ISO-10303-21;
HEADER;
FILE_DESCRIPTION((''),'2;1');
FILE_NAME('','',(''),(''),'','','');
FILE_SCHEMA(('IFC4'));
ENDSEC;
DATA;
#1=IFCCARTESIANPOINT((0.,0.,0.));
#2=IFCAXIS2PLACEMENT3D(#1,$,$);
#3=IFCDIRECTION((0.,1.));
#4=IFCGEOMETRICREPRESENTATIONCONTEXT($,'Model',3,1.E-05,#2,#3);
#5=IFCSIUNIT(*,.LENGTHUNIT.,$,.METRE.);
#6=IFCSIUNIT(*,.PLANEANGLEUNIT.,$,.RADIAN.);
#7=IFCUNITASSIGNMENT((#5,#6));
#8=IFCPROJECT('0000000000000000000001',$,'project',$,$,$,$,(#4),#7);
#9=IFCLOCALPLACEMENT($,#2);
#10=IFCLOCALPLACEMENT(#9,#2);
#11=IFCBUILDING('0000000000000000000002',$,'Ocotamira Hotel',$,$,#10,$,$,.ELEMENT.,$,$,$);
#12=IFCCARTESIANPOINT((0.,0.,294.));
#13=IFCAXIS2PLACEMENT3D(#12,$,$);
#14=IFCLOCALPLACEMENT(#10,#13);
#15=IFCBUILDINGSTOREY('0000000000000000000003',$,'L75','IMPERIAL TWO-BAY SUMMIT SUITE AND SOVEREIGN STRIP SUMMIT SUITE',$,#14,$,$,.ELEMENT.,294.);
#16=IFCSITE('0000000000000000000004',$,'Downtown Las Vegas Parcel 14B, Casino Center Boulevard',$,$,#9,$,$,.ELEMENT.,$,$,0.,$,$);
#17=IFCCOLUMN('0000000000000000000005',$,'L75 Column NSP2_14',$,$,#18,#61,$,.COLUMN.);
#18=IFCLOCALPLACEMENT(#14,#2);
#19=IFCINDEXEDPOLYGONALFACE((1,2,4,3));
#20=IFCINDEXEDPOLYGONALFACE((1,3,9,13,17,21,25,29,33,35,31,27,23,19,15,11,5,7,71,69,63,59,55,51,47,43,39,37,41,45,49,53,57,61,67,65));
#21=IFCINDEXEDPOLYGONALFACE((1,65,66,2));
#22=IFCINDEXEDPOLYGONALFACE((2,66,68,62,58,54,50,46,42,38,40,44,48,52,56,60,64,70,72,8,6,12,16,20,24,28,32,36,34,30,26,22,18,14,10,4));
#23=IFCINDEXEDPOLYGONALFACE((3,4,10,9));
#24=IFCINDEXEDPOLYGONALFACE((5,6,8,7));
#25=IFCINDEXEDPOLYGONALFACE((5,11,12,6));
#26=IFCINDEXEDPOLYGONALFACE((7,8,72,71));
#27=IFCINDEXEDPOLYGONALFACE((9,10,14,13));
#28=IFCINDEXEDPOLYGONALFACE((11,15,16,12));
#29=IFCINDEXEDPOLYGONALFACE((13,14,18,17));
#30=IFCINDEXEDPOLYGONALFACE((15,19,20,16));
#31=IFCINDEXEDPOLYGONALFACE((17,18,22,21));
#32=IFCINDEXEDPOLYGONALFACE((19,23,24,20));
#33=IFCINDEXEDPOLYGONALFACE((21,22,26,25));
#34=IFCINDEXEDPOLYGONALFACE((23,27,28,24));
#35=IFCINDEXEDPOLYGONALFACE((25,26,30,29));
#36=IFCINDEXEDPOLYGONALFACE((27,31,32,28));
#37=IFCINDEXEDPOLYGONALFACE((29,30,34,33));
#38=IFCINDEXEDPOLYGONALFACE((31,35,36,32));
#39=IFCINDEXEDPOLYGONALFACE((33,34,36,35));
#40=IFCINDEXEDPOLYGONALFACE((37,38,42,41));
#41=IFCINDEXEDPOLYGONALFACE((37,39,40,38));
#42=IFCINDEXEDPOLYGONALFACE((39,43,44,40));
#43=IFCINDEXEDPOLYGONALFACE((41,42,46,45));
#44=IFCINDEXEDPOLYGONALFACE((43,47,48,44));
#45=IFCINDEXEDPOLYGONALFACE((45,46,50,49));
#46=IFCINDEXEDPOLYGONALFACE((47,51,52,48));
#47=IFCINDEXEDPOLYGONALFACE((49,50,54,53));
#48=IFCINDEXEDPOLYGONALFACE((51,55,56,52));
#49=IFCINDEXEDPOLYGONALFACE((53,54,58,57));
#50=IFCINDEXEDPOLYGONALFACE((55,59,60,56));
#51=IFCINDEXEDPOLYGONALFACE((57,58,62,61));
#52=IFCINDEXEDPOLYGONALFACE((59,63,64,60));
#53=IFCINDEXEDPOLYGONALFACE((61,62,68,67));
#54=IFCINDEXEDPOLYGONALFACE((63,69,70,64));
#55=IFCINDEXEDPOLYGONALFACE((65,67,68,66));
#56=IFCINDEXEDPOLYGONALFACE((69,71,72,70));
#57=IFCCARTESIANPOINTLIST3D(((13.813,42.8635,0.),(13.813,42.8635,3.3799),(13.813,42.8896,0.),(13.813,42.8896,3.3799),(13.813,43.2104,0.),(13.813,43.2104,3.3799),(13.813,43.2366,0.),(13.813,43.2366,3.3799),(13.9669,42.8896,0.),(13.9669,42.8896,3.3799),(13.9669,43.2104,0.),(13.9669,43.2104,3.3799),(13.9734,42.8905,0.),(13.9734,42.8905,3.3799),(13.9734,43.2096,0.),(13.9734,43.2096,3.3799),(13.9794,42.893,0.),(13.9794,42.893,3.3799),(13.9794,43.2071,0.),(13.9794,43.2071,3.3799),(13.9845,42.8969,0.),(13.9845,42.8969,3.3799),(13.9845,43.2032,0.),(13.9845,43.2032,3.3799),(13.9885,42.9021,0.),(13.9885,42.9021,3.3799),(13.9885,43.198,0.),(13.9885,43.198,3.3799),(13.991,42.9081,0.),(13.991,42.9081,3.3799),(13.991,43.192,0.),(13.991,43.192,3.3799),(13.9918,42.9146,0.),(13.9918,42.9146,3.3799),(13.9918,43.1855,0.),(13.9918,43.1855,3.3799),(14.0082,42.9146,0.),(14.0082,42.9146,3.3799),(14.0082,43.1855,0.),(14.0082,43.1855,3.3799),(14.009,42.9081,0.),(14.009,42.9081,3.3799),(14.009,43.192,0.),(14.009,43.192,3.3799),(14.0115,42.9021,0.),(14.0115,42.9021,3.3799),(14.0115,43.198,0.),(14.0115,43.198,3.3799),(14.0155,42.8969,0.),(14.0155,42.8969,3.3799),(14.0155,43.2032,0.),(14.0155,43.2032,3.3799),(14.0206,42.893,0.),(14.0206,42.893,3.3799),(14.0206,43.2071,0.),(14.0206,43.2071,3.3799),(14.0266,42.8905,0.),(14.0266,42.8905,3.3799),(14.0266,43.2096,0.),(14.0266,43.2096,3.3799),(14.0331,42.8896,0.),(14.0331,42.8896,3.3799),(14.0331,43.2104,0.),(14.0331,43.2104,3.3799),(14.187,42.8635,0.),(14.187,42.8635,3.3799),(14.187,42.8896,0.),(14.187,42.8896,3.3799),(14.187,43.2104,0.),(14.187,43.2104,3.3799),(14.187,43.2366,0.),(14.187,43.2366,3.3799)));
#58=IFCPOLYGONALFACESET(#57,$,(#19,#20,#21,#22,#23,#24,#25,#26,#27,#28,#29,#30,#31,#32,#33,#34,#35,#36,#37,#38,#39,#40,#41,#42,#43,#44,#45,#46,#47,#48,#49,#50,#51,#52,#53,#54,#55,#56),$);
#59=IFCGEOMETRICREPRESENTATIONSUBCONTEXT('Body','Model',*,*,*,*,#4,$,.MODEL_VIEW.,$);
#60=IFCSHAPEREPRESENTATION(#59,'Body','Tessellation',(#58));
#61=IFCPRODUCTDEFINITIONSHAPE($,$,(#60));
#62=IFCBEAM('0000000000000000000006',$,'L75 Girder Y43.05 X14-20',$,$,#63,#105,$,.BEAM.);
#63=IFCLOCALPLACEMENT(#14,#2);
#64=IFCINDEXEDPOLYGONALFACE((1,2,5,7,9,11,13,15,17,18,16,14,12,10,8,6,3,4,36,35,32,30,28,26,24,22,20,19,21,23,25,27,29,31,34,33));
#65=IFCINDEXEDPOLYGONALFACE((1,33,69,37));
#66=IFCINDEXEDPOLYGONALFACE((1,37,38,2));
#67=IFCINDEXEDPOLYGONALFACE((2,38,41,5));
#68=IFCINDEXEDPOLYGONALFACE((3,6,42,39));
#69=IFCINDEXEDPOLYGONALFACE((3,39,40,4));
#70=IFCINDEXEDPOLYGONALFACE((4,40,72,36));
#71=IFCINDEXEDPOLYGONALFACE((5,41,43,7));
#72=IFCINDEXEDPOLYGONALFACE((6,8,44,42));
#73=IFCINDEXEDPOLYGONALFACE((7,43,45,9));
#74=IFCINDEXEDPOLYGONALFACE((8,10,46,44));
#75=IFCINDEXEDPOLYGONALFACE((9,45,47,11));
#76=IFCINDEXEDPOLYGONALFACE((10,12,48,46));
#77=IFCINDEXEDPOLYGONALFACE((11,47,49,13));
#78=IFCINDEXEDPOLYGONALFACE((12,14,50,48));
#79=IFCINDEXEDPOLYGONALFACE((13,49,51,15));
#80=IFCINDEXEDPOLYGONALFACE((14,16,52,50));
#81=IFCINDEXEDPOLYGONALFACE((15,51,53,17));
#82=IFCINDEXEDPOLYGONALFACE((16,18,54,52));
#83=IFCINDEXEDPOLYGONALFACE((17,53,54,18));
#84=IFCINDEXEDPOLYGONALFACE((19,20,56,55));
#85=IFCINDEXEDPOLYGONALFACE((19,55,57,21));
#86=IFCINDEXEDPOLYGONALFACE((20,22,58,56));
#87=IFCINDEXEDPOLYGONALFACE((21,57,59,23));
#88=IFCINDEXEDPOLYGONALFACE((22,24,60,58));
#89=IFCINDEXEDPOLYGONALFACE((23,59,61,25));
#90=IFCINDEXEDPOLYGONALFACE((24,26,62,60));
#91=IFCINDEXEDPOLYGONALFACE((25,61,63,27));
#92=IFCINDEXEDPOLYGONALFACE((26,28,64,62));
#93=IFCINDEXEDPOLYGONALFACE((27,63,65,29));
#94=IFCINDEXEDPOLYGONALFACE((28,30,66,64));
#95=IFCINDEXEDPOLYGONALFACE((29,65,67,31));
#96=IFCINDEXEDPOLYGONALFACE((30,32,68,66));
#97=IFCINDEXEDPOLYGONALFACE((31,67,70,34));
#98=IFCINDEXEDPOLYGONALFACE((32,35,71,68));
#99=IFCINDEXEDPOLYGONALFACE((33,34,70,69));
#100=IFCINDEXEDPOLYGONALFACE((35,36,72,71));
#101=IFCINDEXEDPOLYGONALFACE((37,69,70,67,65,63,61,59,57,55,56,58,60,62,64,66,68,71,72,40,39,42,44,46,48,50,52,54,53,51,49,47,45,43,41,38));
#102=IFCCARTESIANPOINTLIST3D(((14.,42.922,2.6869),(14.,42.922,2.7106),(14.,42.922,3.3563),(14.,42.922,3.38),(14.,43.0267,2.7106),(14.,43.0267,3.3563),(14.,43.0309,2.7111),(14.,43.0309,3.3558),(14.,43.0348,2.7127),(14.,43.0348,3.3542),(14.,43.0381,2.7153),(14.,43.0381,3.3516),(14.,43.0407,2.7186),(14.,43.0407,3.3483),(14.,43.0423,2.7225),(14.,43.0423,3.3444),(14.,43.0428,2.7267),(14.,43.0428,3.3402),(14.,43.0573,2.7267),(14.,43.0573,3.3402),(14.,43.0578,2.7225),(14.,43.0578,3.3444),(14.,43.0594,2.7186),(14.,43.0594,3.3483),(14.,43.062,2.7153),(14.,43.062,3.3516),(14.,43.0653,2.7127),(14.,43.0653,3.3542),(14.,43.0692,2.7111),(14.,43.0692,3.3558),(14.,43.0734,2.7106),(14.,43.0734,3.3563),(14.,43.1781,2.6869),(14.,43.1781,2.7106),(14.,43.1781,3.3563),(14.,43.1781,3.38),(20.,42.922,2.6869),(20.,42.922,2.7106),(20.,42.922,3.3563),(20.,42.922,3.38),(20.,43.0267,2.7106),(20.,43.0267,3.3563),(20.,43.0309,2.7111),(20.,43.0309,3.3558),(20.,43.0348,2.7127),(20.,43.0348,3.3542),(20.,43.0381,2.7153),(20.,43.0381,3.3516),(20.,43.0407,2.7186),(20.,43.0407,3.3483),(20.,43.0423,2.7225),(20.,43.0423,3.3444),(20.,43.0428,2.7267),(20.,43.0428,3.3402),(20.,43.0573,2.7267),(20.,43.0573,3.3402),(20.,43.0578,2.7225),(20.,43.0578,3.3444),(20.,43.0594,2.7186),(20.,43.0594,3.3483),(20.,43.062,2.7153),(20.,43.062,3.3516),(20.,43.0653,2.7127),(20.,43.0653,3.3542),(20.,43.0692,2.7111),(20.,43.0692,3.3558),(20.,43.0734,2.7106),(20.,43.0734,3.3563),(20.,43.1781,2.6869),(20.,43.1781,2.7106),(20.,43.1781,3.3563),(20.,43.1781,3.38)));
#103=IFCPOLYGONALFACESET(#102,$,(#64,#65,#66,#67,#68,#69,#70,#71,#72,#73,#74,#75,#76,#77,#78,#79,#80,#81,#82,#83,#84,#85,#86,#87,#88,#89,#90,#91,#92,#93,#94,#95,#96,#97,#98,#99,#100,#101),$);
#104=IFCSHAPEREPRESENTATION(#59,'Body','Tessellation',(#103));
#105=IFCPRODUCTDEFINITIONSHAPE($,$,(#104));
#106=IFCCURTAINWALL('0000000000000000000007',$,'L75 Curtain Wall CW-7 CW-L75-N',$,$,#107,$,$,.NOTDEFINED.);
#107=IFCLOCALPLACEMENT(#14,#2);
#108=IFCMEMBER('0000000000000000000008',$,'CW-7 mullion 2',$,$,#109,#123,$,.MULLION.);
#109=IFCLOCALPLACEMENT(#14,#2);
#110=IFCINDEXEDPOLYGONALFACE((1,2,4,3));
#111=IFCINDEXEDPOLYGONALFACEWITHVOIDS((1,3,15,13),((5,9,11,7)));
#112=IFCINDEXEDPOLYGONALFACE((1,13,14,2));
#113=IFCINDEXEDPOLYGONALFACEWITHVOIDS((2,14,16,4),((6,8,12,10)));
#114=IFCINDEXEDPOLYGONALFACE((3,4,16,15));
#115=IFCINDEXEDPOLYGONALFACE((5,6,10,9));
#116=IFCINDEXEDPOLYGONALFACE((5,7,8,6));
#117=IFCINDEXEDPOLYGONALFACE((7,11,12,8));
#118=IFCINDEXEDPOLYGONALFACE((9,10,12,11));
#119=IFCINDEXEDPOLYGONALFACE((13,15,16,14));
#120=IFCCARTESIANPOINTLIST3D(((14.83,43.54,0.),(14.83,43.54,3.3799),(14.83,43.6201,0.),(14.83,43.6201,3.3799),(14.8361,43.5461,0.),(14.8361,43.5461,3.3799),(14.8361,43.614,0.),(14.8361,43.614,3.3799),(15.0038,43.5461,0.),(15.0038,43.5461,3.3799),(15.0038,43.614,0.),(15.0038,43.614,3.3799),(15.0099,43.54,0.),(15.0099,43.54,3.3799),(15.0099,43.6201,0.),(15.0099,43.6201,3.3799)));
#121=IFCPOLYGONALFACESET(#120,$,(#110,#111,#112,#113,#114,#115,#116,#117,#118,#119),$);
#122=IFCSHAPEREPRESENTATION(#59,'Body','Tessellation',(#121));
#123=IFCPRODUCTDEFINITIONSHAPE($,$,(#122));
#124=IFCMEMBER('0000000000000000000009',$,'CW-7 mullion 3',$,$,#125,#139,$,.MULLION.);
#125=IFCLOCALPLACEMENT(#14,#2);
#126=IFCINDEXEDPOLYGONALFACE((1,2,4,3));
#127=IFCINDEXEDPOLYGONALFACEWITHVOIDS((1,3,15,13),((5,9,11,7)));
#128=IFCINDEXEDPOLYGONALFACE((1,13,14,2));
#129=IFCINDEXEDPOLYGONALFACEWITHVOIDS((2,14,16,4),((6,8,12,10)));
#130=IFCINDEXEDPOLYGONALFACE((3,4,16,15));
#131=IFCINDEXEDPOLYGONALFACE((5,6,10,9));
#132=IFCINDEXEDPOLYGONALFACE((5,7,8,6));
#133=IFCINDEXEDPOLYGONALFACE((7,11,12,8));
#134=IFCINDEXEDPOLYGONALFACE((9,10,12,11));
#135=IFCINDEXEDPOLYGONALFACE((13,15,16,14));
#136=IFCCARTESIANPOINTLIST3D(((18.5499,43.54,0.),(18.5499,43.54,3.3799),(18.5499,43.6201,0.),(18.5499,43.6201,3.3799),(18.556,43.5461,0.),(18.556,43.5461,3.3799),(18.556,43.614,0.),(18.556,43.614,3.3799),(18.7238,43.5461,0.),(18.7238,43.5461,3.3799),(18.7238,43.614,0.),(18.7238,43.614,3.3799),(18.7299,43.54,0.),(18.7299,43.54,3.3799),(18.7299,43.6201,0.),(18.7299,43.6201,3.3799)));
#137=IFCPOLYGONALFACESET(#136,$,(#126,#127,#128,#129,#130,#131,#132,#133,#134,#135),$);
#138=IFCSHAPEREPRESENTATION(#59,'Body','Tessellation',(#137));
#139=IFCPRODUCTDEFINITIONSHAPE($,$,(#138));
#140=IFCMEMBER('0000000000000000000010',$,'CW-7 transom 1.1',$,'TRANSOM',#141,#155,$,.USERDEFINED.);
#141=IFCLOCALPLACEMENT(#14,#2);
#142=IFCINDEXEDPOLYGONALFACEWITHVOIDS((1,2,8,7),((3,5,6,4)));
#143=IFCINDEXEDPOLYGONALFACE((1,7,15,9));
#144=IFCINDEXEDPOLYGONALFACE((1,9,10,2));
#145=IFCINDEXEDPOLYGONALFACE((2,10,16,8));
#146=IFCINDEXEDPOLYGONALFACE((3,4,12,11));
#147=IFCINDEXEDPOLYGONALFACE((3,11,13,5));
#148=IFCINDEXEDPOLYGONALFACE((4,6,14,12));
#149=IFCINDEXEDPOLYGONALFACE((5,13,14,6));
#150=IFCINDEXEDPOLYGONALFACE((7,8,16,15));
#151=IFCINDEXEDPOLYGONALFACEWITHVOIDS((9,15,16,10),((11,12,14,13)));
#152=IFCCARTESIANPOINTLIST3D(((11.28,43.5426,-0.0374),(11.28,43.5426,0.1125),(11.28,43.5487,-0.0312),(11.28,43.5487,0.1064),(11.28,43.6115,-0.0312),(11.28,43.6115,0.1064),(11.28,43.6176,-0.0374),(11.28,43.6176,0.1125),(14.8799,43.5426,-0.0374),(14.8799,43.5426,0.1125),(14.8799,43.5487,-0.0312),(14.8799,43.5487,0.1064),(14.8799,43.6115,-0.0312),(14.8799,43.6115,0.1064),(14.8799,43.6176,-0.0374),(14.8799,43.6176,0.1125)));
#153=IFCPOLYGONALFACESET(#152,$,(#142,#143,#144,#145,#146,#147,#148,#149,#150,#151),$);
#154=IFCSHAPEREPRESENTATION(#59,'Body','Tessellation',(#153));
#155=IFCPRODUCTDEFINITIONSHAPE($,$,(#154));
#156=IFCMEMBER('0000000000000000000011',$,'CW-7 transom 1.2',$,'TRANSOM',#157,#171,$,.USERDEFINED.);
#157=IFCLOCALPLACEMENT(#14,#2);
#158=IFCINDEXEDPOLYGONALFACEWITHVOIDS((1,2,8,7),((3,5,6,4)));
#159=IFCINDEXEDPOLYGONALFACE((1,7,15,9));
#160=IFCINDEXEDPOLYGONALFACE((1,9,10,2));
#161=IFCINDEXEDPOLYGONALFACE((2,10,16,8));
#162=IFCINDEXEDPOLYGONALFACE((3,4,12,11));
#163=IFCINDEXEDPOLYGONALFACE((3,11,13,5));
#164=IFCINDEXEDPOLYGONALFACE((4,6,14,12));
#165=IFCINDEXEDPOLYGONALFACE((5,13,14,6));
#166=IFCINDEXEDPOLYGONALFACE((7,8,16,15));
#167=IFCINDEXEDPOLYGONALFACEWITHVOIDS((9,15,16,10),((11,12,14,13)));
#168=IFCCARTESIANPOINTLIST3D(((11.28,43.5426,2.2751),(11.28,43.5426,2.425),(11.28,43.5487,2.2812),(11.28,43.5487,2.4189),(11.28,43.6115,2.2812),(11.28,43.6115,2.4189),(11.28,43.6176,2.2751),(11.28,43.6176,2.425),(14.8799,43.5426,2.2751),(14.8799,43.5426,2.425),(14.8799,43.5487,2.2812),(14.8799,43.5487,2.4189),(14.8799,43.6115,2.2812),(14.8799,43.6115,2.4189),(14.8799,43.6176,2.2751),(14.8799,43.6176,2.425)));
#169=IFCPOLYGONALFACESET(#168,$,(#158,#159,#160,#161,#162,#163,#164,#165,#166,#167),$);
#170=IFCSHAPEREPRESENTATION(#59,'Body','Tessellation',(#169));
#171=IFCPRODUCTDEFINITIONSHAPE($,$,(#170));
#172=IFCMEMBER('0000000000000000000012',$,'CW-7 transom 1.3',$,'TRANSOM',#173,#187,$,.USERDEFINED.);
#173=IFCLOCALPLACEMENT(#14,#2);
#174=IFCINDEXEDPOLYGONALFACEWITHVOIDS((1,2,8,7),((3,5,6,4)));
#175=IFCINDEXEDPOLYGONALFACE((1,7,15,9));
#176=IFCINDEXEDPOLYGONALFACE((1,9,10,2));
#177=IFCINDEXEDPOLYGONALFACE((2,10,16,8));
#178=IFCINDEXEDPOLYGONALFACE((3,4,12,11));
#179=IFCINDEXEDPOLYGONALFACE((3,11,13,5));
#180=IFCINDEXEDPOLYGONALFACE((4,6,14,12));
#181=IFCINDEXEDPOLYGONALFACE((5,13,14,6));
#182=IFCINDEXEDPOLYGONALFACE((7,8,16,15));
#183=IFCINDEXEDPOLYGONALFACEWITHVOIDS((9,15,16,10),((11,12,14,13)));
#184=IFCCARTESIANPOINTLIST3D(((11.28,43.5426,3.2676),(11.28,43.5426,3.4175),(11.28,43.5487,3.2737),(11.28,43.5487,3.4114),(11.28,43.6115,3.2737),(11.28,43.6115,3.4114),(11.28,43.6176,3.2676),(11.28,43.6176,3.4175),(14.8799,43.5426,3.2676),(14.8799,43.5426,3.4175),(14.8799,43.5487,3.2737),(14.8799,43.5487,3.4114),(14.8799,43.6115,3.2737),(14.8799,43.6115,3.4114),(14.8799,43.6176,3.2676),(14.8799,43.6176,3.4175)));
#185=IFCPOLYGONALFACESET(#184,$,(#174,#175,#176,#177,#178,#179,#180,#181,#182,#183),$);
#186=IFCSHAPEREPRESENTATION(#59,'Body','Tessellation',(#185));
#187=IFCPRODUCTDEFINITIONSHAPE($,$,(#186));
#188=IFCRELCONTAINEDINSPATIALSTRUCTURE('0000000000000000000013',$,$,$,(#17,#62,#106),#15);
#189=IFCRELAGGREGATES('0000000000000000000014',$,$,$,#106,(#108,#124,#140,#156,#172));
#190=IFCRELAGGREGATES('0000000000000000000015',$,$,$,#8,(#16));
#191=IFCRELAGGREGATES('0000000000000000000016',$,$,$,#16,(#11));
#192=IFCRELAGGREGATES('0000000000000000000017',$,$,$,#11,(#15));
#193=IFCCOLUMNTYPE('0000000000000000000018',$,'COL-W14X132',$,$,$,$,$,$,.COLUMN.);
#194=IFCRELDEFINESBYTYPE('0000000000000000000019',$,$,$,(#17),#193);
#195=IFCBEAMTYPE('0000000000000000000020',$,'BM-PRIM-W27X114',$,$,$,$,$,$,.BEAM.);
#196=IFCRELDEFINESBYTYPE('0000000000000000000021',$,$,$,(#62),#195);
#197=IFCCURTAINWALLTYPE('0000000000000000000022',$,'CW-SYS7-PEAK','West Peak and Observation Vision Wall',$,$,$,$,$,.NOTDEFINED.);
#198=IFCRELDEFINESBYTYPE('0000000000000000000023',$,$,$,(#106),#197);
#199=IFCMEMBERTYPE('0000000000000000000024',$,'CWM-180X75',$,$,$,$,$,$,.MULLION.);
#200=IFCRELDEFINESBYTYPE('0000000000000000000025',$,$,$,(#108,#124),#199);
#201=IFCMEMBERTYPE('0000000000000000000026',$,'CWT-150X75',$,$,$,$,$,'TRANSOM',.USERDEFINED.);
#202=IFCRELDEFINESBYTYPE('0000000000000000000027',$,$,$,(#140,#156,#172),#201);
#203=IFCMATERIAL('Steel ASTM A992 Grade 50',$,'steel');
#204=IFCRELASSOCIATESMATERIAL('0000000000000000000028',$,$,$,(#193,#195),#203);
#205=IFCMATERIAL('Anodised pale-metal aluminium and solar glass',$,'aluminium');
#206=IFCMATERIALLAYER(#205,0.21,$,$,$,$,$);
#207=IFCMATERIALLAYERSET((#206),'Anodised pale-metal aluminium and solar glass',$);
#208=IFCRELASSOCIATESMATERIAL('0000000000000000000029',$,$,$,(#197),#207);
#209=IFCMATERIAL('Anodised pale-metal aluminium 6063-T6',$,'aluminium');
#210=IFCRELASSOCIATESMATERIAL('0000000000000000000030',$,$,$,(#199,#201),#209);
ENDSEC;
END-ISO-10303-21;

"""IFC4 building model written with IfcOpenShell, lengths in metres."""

from ifc_helpers import new_model, si_unit, direction, frame, origin, origin_2d, place, context, subcontext, project, spatial, hollow_rectangle, i_section, extrude, source, transform, mapped, material, layer, layer_set, material_profile, profile_set, type_object, element, aggregate, save


model = new_model("IFC4")

# Units and contexts
model_context = context("Model", 3, precision=1e-05, world=origin(), true_north=direction((0.0, 1.0)))
body_context = subcontext(model_context, "Body", "Model", "MODEL_VIEW")
ifc_project = project(units=[si_unit("LENGTHUNIT", "METRE"), si_unit("PLANEANGLEUNIT", "RADIAN")], contexts=[model_context])

# Site, building, storey
site_placement = place(None, origin())
site = spatial("IfcSite", under=ifc_project, at=site_placement, Name="Downtown Las Vegas Parcel 14B, Casino Center Boulevard", CompositionType="ELEMENT", RefElevation=0.0)
building_placement = place(site_placement, origin())
building = spatial("IfcBuilding", under=site, at=building_placement, Name="Ocotamira Hotel", CompositionType="ELEMENT")
storey_placement = place(building_placement, frame((0.0, 0.0, 294.0)))
storey = spatial("IfcBuildingStorey", under=building, at=storey_placement, Name="L75", Description="IMPERIAL TWO-BAY SUMMIT SUITE AND SOVEREIGN STRIP SUMMIT SUITE", CompositionType="ELEMENT", Elevation=294.0)

# Column
ifc_material_1 = material(Name="Steel ASTM A992 Grade 50", Category="steel")
ifc_material_profile_1 = material_profile(ifc_material_1, i_section(OverallWidth=0.374, OverallDepth=0.373, WebThickness=0.0164, FlangeThickness=0.0261, FilletRadius=0.0249, at=origin_2d()), Name="W14X132")
ifc_profile_set_1 = profile_set([ifc_material_profile_1], Name="Steel ASTM A992 Grade 50")
column_type = type_object("IfcColumnType", Name="COL-W14X132", PredefinedType="COLUMN", material=ifc_profile_set_1)
shared_shape_1 = source(origin(), body_context, "Body", "SweptSolid", [
    extrude(i_section(OverallWidth=0.374, OverallDepth=0.373, WebThickness=0.0164, FlangeThickness=0.0261, FilletRadius=0.0249, at=origin_2d()), origin(), (0.0, 0.0, 1.0), 3.3799),
])
column_placement = place(storey_placement, frame((14.0, 43.05, 0.0), z_axis=(0.0, 0.0, 1.0), x_axis=(1.0, 0.0, 0.0)))
element("IfcColumn", 1, at=column_placement, inside=storey, type_object=column_type, Name="L75 Column NSP2_14", PredefinedType="COLUMN", context=body_context, shape_type="MappedRepresentation", body=[
    mapped(shared_shape_1, transform((0.0, 0.0, 0.0), scale=1.0)),
])

# Beam
ifc_material_profile_2 = material_profile(ifc_material_1, i_section(OverallWidth=0.2561, OverallDepth=0.6931, WebThickness=0.0144, FlangeThickness=0.0237, FilletRadius=0.0161, at=origin_2d()), Name="W27X114")
ifc_profile_set_2 = profile_set([ifc_material_profile_2], Name="Steel ASTM A992 Grade 50")
beam_type = type_object("IfcBeamType", Name="BM-PRIM-W27X114", PredefinedType="BEAM", material=ifc_profile_set_2)
shared_shape_2 = source(origin(), body_context, "Body", "SweptSolid", [
    extrude(i_section(OverallWidth=0.2561, OverallDepth=0.6931, WebThickness=0.0144, FlangeThickness=0.0237, FilletRadius=0.0161, at=origin_2d()), origin(), (0.0, 0.0, 1.0), 6.0),
])
beam_placement = place(storey_placement, frame((14.0, 43.05, 3.0334), z_axis=(1.0, 0.0, 0.0), x_axis=(0.0, 1.0, 0.0)))
element("IfcBeam", 2, at=beam_placement, inside=storey, type_object=beam_type, Name="L75 Girder Y43.05 X14-20", PredefinedType="BEAM", context=body_context, shape_type="MappedRepresentation", body=[
    mapped(shared_shape_2, transform((0.0, 0.0, 0.0), scale=1.0)),
])

# Curtain wall, members
ifc_material_2 = material(Name="Anodised pale-metal aluminium and solar glass", Category="aluminium")
ifc_layer_1 = layer(ifc_material_2, 0.21)
ifc_layer_set_1 = layer_set([ifc_layer_1], Name="Anodised pale-metal aluminium and solar glass")
curtain_wall_type = type_object("IfcCurtainWallType", Name="CW-SYS7-PEAK", Description="West Peak and Observation Vision Wall", PredefinedType="NOTDEFINED", material=ifc_layer_set_1)
curtain_wall_placement = place(storey_placement, origin())
curtain_wall = element("IfcCurtainWall", 3, at=curtain_wall_placement, inside=storey, type_object=curtain_wall_type, Name="L75 Curtain Wall CW-7 CW-L75-N", PredefinedType="NOTDEFINED")
ifc_material_3 = material(Name="Anodised pale-metal aluminium 6063-T6", Category="aluminium")
ifc_material_profile_3 = material_profile(ifc_material_3, hollow_rectangle(XDim=0.0801, YDim=0.1799, WallThickness=0.0061, at=origin_2d()), Name="HSS180X80X6")
ifc_profile_set_3 = profile_set([ifc_material_profile_3], Name="Anodised pale-metal aluminium 6063-T6")
member_type_1 = type_object("IfcMemberType", Name="CWM-180X75", PredefinedType="MULLION", material=ifc_profile_set_3)
shared_shape_3 = source(origin(), body_context, "Body", "SweptSolid", [
    extrude(hollow_rectangle(XDim=0.0801, YDim=0.1799, WallThickness=0.0061, at=origin_2d()), origin(), (0.0, 0.0, 1.0), 3.3799),
])
member_1_placement = place(storey_placement, frame((14.9199, 43.5801, 0.0), z_axis=(0.0, 0.0, 1.0), x_axis=(0.0, 1.0, 0.0)))
member_1 = element("IfcMember", 4, at=member_1_placement, type_object=member_type_1, Name="CW-7 mullion 2", PredefinedType="MULLION", context=body_context, shape_type="MappedRepresentation", body=[
    mapped(shared_shape_3, transform((0.0, 0.0, 0.0), scale=1.0)),
])
member_2_placement = place(storey_placement, frame((18.6399, 43.5801, 0.0), z_axis=(0.0, 0.0, 1.0), x_axis=(0.0, 1.0, 0.0)))
member_2 = element("IfcMember", 5, at=member_2_placement, type_object=member_type_1, Name="CW-7 mullion 3", PredefinedType="MULLION", context=body_context, shape_type="MappedRepresentation", body=[
    mapped(shared_shape_3, transform((0.0, 0.0, 0.0), scale=1.0)),
])
ifc_material_profile_4 = material_profile(ifc_material_3, hollow_rectangle(XDim=0.075, YDim=0.1499, WallThickness=0.0061, at=origin_2d()), Name="HSS150X75X6")
ifc_profile_set_4 = profile_set([ifc_material_profile_4], Name="Anodised pale-metal aluminium 6063-T6")
member_type_2 = type_object("IfcMemberType", Name="CWT-150X75", ElementType="TRANSOM", PredefinedType="USERDEFINED", material=ifc_profile_set_4)
shared_shape_4 = source(origin(), body_context, "Body", "SweptSolid", [
    extrude(hollow_rectangle(XDim=0.075, YDim=0.1499, WallThickness=0.0061, at=origin_2d()), origin(), (0.0, 0.0, 1.0), 3.5999),
])
member_3_placement = place(storey_placement, frame((11.28, 43.5801, 0.0376), z_axis=(1.0, 0.0, 0.0), x_axis=(0.0, 1.0, 0.0)))
member_3 = element("IfcMember", 6, at=member_3_placement, type_object=member_type_2, Name="CW-7 transom 1.1", ObjectType="TRANSOM", PredefinedType="USERDEFINED", context=body_context, shape_type="MappedRepresentation", body=[
    mapped(shared_shape_4, transform((0.0, 0.0, 0.0), scale=1.0)),
])
member_4_placement = place(storey_placement, frame((11.28, 43.5801, 2.3501), z_axis=(1.0, 0.0, 0.0), x_axis=(0.0, 1.0, 0.0)))
member_4 = element("IfcMember", 7, at=member_4_placement, type_object=member_type_2, Name="CW-7 transom 1.2", ObjectType="TRANSOM", PredefinedType="USERDEFINED", context=body_context, shape_type="MappedRepresentation", body=[
    mapped(shared_shape_4, transform((0.0, 0.0, 0.0), scale=1.0)),
])
member_5_placement = place(storey_placement, frame((11.28, 43.5801, 3.3425), z_axis=(1.0, 0.0, 0.0), x_axis=(0.0, 1.0, 0.0)))
member_5 = element("IfcMember", 8, at=member_5_placement, type_object=member_type_2, Name="CW-7 transom 1.3", ObjectType="TRANSOM", PredefinedType="USERDEFINED", context=body_context, shape_type="MappedRepresentation", body=[
    mapped(shared_shape_4, transform((0.0, 0.0, 0.0), scale=1.0)),
])
aggregate(curtain_wall, [member_1, member_2, member_3, member_4, member_5])

save(model, "model.ifc")
